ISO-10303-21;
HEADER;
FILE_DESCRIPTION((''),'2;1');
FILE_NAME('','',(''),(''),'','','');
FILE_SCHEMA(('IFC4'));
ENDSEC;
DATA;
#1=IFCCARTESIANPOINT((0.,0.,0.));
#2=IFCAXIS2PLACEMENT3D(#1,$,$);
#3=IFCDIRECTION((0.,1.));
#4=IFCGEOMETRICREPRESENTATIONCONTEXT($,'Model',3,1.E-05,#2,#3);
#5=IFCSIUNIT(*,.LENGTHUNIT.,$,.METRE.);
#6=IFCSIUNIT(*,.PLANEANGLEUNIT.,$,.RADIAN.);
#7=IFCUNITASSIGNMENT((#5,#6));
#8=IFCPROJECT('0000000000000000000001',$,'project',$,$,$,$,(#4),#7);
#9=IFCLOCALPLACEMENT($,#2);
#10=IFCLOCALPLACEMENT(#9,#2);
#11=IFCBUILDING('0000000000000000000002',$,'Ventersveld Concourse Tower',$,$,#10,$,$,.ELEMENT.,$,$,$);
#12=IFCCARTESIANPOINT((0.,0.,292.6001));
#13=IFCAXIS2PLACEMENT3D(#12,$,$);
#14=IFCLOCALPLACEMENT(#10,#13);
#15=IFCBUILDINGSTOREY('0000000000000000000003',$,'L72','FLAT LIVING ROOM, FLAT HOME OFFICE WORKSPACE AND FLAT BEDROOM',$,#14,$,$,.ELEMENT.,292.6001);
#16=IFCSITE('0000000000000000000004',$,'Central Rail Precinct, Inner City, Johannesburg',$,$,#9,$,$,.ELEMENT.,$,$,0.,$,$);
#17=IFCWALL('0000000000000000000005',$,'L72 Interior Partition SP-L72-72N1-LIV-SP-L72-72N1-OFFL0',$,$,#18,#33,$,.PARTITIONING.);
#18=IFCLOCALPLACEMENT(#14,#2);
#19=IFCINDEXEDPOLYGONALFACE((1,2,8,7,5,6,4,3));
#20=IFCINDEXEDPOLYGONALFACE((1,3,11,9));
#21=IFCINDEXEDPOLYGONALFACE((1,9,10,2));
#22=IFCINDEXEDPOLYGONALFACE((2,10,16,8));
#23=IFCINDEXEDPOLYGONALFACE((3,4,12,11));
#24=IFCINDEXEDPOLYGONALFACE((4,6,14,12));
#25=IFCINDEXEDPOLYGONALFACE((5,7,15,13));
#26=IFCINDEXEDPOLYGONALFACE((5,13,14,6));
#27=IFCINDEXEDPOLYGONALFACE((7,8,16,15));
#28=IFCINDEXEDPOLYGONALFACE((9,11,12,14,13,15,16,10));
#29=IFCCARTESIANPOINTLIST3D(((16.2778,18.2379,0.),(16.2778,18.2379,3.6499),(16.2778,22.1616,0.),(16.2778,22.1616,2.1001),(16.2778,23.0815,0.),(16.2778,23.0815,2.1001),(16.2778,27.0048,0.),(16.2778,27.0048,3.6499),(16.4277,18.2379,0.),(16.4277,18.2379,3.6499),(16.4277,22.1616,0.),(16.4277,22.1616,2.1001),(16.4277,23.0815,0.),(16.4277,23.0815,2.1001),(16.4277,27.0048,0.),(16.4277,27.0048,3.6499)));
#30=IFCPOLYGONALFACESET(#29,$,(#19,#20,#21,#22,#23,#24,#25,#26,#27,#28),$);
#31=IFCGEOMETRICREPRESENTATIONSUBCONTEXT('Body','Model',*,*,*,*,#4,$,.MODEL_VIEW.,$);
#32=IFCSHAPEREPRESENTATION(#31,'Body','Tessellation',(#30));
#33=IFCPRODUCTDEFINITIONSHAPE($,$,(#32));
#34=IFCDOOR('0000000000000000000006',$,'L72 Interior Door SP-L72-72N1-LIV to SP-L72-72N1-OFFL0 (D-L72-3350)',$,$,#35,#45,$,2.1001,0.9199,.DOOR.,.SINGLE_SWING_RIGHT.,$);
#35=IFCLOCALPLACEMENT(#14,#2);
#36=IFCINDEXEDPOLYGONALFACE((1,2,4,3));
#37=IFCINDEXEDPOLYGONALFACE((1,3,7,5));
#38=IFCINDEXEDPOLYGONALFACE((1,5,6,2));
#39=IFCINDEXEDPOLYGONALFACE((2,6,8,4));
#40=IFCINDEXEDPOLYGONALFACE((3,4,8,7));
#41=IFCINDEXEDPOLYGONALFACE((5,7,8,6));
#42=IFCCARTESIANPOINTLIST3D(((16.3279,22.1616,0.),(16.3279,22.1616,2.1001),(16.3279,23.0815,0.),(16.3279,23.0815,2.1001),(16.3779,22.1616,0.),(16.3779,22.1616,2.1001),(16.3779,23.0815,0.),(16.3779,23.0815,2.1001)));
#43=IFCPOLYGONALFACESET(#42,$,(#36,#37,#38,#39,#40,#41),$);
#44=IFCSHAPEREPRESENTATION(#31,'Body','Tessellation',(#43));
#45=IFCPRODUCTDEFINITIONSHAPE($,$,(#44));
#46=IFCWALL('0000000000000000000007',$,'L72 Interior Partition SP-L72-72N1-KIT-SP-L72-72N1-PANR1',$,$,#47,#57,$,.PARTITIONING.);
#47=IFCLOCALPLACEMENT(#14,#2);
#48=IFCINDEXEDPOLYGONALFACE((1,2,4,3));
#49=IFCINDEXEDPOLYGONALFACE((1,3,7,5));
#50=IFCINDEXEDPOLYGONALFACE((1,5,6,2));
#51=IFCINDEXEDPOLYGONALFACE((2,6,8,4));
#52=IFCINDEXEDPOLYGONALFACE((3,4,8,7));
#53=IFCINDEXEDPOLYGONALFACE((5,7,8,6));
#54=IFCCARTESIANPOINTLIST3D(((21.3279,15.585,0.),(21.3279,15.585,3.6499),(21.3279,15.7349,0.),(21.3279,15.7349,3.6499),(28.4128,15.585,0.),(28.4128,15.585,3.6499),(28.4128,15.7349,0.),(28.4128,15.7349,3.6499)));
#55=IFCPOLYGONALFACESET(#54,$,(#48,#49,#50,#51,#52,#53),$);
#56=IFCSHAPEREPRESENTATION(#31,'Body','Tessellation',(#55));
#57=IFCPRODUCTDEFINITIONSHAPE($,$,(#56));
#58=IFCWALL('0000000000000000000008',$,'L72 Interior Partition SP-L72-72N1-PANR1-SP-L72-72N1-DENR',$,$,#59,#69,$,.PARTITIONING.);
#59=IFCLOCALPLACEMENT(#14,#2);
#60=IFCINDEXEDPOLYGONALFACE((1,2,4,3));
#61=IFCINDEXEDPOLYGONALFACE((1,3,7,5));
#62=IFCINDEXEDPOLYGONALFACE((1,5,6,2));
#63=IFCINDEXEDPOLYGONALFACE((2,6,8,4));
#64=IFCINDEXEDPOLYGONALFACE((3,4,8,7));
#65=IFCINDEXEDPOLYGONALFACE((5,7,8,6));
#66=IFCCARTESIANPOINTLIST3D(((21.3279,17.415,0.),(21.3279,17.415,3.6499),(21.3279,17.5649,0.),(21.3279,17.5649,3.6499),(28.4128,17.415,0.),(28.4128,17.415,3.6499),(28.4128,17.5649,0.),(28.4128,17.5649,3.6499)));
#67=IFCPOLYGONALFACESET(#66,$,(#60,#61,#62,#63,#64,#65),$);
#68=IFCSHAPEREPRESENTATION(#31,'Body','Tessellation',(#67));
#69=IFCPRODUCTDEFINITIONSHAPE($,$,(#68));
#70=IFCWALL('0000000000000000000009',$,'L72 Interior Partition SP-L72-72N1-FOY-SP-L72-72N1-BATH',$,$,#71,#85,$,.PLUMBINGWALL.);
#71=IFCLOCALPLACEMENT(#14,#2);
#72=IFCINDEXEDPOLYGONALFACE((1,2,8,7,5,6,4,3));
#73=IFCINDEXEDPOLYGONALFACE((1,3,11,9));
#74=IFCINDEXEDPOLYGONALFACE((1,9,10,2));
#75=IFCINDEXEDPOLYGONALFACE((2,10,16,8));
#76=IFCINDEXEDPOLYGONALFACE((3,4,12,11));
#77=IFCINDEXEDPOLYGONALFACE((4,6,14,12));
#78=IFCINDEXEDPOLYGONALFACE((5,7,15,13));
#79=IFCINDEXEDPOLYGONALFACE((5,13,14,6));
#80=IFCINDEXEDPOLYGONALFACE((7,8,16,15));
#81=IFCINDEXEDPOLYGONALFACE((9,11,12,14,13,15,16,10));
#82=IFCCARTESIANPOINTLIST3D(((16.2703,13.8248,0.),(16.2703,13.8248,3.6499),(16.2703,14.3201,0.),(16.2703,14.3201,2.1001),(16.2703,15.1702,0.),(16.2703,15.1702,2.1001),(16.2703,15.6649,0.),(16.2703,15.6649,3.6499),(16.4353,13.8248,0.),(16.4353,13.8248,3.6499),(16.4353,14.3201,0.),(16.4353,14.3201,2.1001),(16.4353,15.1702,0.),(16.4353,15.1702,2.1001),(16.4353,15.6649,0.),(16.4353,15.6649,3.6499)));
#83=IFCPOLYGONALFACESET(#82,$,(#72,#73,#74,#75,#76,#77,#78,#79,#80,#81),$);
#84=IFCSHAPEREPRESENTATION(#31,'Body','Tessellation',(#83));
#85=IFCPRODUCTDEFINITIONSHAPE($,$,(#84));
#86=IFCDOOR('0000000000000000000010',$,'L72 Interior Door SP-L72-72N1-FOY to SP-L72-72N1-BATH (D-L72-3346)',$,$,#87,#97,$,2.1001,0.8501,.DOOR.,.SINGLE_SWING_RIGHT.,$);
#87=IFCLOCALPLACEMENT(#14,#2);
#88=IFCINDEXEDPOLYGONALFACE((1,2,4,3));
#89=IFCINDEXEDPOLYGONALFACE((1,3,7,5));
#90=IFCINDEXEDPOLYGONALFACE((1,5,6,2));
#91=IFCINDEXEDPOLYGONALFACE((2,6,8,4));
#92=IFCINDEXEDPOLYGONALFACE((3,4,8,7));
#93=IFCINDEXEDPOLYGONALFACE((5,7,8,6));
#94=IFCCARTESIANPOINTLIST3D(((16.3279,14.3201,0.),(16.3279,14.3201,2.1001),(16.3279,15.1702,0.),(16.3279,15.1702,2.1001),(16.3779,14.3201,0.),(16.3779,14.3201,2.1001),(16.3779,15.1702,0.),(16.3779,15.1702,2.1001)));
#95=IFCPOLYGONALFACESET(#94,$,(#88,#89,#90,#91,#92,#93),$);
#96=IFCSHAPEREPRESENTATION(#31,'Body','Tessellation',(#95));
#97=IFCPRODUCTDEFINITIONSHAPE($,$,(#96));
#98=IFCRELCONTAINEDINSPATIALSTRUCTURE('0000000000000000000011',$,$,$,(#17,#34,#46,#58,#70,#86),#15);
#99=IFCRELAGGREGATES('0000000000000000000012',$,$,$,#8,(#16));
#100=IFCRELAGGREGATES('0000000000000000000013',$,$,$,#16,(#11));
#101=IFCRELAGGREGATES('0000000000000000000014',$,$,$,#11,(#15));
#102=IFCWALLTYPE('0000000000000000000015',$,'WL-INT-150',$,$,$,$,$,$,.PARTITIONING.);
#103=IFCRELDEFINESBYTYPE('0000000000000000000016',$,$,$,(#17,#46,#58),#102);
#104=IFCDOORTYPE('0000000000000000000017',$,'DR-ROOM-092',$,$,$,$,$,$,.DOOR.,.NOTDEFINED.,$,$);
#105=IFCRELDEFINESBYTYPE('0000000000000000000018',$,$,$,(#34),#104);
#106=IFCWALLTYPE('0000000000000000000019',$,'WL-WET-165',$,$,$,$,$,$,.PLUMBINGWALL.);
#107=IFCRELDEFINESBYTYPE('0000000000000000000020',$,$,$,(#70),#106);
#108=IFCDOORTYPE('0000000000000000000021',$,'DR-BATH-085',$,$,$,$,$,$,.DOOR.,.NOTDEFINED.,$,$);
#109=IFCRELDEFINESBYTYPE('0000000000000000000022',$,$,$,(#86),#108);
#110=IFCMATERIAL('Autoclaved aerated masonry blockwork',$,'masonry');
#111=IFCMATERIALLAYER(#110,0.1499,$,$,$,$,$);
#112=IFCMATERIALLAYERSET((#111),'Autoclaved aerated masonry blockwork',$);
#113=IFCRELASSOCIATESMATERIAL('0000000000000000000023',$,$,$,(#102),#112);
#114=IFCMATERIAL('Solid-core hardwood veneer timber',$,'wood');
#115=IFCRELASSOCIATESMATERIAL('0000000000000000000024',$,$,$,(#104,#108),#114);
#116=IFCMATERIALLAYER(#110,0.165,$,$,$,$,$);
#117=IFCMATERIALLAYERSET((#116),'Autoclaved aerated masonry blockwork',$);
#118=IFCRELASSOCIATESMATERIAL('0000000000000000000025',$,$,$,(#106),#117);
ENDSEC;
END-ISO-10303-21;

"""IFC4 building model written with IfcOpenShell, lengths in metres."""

from ifc_helpers import new_model, si_unit, direction, frame, frame_2d, origin, place, context, subcontext, project, spatial, rectangle, extrude, material, layer, layer_set, type_object, element, fill, save


model = new_model("IFC4")

# Units and contexts
model_context = context("Model", 3, precision=1e-05, world=origin(), true_north=direction((0.0, 1.0)))
body_context = subcontext(model_context, "Body", "Model", "MODEL_VIEW")
ifc_project = project(units=[si_unit("LENGTHUNIT", "METRE"), si_unit("PLANEANGLEUNIT", "RADIAN")], contexts=[model_context])

# Site, building, storey
site_placement = place(None, origin())
site = spatial("IfcSite", under=ifc_project, at=site_placement, Name="Central Rail Precinct, Inner City, Johannesburg", CompositionType="ELEMENT", RefElevation=0.0)
building_placement = place(site_placement, origin())
building = spatial("IfcBuilding", under=site, at=building_placement, Name="Ventersveld Concourse Tower", CompositionType="ELEMENT")
storey_placement = place(building_placement, frame((0.0, 0.0, 292.6001)))
storey = spatial("IfcBuildingStorey", under=building, at=storey_placement, Name="L72", Description="FLAT LIVING ROOM, FLAT HOME OFFICE WORKSPACE AND FLAT BEDROOM", CompositionType="ELEMENT", Elevation=292.6001)

# Shared definitions
ifc_material_1 = material(Name="Autoclaved aerated masonry blockwork", Category="masonry")
ifc_layer_1 = layer(ifc_material_1, 0.1499)
ifc_layer_set_1 = layer_set([ifc_layer_1], Name="Autoclaved aerated masonry blockwork")
wall_type_1 = type_object("IfcWallType", Name="WL-INT-150", PredefinedType="PARTITIONING", material=ifc_layer_set_1)
ifc_material_2 = material(Name="Solid-core hardwood veneer timber", Category="wood")
door_type_1 = type_object("IfcDoorType", Name="DR-ROOM-092", OperationType="NOTDEFINED", PredefinedType="DOOR", material=ifc_material_2)

# Wall, opening, door
wall_1_placement = place(storey_placement, frame((16.3528, 18.238, 0.0), z_axis=(0.0, 0.0, 1.0), x_axis=(0.0, 1.0, 0.0)))
wall_1 = element("IfcWall", 1, at=wall_1_placement, inside=storey, type_object=wall_type_1, Name="L72 Interior Partition SP-L72-72N1-LIV-SP-L72-72N1-OFFL0", PredefinedType="PARTITIONING", context=body_context, shape_type="SweptSolid", body=[
    extrude(rectangle(XDim=8.7668, YDim=0.1499, at=frame_2d((4.3833, 0.0))), origin(), (0.0, 0.0, 1.0), 3.6499),
])
opening_1_placement = place(wall_1_placement, frame((3.9236, 0.0, 0.0)))
opening_1 = element("IfcOpeningElement", 2, at=opening_1_placement, cuts=wall_1, PredefinedType="OPENING", context=body_context, shape_type="SweptSolid", body=[
    extrude(rectangle(XDim=0.9199, YDim=2.1001, at=frame_2d((0.46, 1.05))), frame((0.0, 0.085, 0.0), z_axis=(0.0, -1.0, 0.0), x_axis=(1.0, 0.0, 0.0)), (0.0, 0.0, 1.0), 0.1699),
])
door_1_placement = place(opening_1_placement, origin())
door_1 = element("IfcDoor", 3, at=door_1_placement, inside=storey, type_object=door_type_1, Name="L72 Interior Door SP-L72-72N1-LIV to SP-L72-72N1-OFFL0 (D-L72-3350)", OperationType="SINGLE_SWING_RIGHT", OverallHeight=2.1001, OverallWidth=0.9199, PredefinedType="DOOR", context=body_context, shape_type="SweptSolid", body=[
    extrude(rectangle(XDim=0.9199, YDim=2.1001, at=frame_2d((0.46, 1.05))), frame((0.0, 0.0249, 0.0), z_axis=(0.0, -1.0, 0.0), x_axis=(1.0, 0.0, 0.0)), (0.0, 0.0, 1.0), 0.05),
])
fill(opening_1, door_1)

# Walls
for number, where, z_axis, x_axis, name in (
    (4, (21.3279, 15.6599, 0.0), (0.0, 0.0, 1.0), (1.0, 0.0, 0.0), "L72 Interior Partition SP-L72-72N1-KIT-SP-L72-72N1-PANR1"),
    (5, (21.3279, 17.49, 0.0), (0.0, 0.0, 1.0), (1.0, 0.0, 0.0), "L72 Interior Partition SP-L72-72N1-PANR1-SP-L72-72N1-DENR"),
):
    element("IfcWall", number, at=place(storey_placement, frame(where, z_axis=z_axis, x_axis=x_axis)), inside=storey, type_object=wall_type_1, Name=name, PredefinedType="PARTITIONING", context=body_context, shape_type="SweptSolid", body=[
        extrude(rectangle(XDim=7.085, YDim=0.1499, at=frame_2d((3.5425, 0.0))), origin(), (0.0, 0.0, 1.0), 3.6499),
    ])

# Wall, opening, door
ifc_layer_2 = layer(ifc_material_1, 0.165)
ifc_layer_set_2 = layer_set([ifc_layer_2], Name="Autoclaved aerated masonry blockwork")
wall_type_2 = type_object("IfcWallType", Name="WL-WET-165", PredefinedType="PLUMBINGWALL", material=ifc_layer_set_2)
wall_2_placement = place(storey_placement, frame((16.3528, 13.825, 0.0), z_axis=(0.0, 0.0, 1.0), x_axis=(0.0, 1.0, 0.0)))
wall_2 = element("IfcWall", 6, at=wall_2_placement, inside=storey, type_object=wall_type_2, Name="L72 Interior Partition SP-L72-72N1-FOY-SP-L72-72N1-BATH", PredefinedType="PLUMBINGWALL", context=body_context, shape_type="SweptSolid", body=[
    extrude(rectangle(XDim=1.8401, YDim=0.165, at=frame_2d((0.9199, 0.0))), origin(), (0.0, 0.0, 1.0), 3.6499),
])
opening_2_placement = place(wall_2_placement, frame((0.4951, 0.0, 0.0)))
opening_2 = element("IfcOpeningElement", 7, at=opening_2_placement, cuts=wall_2, PredefinedType="OPENING", context=body_context, shape_type="SweptSolid", body=[
    extrude(rectangle(XDim=0.8501, YDim=2.1001, at=frame_2d((0.425, 1.05))), frame((0.0, 0.0925, 0.0), z_axis=(0.0, -1.0, 0.0), x_axis=(1.0, 0.0, 0.0)), (0.0, 0.0, 1.0), 0.1851),
])
door_type_2 = type_object("IfcDoorType", Name="DR-BATH-085", OperationType="NOTDEFINED", PredefinedType="DOOR", material=ifc_material_2)
door_2_placement = place(opening_2_placement, origin())
door_2 = element("IfcDoor", 8, at=door_2_placement, inside=storey, type_object=door_type_2, Name="L72 Interior Door SP-L72-72N1-FOY to SP-L72-72N1-BATH (D-L72-3346)", OperationType="SINGLE_SWING_RIGHT", OverallHeight=2.1001, OverallWidth=0.8501, PredefinedType="DOOR", context=body_context, shape_type="SweptSolid", body=[
    extrude(rectangle(XDim=0.8501, YDim=2.1001, at=frame_2d((0.425, 1.05))), frame((0.0, 0.0249, 0.0), z_axis=(0.0, -1.0, 0.0), x_axis=(1.0, 0.0, 0.0)), (0.0, 0.0, 1.0), 0.05),
])
fill(opening_2, door_2)

save(model, "model.ifc")
